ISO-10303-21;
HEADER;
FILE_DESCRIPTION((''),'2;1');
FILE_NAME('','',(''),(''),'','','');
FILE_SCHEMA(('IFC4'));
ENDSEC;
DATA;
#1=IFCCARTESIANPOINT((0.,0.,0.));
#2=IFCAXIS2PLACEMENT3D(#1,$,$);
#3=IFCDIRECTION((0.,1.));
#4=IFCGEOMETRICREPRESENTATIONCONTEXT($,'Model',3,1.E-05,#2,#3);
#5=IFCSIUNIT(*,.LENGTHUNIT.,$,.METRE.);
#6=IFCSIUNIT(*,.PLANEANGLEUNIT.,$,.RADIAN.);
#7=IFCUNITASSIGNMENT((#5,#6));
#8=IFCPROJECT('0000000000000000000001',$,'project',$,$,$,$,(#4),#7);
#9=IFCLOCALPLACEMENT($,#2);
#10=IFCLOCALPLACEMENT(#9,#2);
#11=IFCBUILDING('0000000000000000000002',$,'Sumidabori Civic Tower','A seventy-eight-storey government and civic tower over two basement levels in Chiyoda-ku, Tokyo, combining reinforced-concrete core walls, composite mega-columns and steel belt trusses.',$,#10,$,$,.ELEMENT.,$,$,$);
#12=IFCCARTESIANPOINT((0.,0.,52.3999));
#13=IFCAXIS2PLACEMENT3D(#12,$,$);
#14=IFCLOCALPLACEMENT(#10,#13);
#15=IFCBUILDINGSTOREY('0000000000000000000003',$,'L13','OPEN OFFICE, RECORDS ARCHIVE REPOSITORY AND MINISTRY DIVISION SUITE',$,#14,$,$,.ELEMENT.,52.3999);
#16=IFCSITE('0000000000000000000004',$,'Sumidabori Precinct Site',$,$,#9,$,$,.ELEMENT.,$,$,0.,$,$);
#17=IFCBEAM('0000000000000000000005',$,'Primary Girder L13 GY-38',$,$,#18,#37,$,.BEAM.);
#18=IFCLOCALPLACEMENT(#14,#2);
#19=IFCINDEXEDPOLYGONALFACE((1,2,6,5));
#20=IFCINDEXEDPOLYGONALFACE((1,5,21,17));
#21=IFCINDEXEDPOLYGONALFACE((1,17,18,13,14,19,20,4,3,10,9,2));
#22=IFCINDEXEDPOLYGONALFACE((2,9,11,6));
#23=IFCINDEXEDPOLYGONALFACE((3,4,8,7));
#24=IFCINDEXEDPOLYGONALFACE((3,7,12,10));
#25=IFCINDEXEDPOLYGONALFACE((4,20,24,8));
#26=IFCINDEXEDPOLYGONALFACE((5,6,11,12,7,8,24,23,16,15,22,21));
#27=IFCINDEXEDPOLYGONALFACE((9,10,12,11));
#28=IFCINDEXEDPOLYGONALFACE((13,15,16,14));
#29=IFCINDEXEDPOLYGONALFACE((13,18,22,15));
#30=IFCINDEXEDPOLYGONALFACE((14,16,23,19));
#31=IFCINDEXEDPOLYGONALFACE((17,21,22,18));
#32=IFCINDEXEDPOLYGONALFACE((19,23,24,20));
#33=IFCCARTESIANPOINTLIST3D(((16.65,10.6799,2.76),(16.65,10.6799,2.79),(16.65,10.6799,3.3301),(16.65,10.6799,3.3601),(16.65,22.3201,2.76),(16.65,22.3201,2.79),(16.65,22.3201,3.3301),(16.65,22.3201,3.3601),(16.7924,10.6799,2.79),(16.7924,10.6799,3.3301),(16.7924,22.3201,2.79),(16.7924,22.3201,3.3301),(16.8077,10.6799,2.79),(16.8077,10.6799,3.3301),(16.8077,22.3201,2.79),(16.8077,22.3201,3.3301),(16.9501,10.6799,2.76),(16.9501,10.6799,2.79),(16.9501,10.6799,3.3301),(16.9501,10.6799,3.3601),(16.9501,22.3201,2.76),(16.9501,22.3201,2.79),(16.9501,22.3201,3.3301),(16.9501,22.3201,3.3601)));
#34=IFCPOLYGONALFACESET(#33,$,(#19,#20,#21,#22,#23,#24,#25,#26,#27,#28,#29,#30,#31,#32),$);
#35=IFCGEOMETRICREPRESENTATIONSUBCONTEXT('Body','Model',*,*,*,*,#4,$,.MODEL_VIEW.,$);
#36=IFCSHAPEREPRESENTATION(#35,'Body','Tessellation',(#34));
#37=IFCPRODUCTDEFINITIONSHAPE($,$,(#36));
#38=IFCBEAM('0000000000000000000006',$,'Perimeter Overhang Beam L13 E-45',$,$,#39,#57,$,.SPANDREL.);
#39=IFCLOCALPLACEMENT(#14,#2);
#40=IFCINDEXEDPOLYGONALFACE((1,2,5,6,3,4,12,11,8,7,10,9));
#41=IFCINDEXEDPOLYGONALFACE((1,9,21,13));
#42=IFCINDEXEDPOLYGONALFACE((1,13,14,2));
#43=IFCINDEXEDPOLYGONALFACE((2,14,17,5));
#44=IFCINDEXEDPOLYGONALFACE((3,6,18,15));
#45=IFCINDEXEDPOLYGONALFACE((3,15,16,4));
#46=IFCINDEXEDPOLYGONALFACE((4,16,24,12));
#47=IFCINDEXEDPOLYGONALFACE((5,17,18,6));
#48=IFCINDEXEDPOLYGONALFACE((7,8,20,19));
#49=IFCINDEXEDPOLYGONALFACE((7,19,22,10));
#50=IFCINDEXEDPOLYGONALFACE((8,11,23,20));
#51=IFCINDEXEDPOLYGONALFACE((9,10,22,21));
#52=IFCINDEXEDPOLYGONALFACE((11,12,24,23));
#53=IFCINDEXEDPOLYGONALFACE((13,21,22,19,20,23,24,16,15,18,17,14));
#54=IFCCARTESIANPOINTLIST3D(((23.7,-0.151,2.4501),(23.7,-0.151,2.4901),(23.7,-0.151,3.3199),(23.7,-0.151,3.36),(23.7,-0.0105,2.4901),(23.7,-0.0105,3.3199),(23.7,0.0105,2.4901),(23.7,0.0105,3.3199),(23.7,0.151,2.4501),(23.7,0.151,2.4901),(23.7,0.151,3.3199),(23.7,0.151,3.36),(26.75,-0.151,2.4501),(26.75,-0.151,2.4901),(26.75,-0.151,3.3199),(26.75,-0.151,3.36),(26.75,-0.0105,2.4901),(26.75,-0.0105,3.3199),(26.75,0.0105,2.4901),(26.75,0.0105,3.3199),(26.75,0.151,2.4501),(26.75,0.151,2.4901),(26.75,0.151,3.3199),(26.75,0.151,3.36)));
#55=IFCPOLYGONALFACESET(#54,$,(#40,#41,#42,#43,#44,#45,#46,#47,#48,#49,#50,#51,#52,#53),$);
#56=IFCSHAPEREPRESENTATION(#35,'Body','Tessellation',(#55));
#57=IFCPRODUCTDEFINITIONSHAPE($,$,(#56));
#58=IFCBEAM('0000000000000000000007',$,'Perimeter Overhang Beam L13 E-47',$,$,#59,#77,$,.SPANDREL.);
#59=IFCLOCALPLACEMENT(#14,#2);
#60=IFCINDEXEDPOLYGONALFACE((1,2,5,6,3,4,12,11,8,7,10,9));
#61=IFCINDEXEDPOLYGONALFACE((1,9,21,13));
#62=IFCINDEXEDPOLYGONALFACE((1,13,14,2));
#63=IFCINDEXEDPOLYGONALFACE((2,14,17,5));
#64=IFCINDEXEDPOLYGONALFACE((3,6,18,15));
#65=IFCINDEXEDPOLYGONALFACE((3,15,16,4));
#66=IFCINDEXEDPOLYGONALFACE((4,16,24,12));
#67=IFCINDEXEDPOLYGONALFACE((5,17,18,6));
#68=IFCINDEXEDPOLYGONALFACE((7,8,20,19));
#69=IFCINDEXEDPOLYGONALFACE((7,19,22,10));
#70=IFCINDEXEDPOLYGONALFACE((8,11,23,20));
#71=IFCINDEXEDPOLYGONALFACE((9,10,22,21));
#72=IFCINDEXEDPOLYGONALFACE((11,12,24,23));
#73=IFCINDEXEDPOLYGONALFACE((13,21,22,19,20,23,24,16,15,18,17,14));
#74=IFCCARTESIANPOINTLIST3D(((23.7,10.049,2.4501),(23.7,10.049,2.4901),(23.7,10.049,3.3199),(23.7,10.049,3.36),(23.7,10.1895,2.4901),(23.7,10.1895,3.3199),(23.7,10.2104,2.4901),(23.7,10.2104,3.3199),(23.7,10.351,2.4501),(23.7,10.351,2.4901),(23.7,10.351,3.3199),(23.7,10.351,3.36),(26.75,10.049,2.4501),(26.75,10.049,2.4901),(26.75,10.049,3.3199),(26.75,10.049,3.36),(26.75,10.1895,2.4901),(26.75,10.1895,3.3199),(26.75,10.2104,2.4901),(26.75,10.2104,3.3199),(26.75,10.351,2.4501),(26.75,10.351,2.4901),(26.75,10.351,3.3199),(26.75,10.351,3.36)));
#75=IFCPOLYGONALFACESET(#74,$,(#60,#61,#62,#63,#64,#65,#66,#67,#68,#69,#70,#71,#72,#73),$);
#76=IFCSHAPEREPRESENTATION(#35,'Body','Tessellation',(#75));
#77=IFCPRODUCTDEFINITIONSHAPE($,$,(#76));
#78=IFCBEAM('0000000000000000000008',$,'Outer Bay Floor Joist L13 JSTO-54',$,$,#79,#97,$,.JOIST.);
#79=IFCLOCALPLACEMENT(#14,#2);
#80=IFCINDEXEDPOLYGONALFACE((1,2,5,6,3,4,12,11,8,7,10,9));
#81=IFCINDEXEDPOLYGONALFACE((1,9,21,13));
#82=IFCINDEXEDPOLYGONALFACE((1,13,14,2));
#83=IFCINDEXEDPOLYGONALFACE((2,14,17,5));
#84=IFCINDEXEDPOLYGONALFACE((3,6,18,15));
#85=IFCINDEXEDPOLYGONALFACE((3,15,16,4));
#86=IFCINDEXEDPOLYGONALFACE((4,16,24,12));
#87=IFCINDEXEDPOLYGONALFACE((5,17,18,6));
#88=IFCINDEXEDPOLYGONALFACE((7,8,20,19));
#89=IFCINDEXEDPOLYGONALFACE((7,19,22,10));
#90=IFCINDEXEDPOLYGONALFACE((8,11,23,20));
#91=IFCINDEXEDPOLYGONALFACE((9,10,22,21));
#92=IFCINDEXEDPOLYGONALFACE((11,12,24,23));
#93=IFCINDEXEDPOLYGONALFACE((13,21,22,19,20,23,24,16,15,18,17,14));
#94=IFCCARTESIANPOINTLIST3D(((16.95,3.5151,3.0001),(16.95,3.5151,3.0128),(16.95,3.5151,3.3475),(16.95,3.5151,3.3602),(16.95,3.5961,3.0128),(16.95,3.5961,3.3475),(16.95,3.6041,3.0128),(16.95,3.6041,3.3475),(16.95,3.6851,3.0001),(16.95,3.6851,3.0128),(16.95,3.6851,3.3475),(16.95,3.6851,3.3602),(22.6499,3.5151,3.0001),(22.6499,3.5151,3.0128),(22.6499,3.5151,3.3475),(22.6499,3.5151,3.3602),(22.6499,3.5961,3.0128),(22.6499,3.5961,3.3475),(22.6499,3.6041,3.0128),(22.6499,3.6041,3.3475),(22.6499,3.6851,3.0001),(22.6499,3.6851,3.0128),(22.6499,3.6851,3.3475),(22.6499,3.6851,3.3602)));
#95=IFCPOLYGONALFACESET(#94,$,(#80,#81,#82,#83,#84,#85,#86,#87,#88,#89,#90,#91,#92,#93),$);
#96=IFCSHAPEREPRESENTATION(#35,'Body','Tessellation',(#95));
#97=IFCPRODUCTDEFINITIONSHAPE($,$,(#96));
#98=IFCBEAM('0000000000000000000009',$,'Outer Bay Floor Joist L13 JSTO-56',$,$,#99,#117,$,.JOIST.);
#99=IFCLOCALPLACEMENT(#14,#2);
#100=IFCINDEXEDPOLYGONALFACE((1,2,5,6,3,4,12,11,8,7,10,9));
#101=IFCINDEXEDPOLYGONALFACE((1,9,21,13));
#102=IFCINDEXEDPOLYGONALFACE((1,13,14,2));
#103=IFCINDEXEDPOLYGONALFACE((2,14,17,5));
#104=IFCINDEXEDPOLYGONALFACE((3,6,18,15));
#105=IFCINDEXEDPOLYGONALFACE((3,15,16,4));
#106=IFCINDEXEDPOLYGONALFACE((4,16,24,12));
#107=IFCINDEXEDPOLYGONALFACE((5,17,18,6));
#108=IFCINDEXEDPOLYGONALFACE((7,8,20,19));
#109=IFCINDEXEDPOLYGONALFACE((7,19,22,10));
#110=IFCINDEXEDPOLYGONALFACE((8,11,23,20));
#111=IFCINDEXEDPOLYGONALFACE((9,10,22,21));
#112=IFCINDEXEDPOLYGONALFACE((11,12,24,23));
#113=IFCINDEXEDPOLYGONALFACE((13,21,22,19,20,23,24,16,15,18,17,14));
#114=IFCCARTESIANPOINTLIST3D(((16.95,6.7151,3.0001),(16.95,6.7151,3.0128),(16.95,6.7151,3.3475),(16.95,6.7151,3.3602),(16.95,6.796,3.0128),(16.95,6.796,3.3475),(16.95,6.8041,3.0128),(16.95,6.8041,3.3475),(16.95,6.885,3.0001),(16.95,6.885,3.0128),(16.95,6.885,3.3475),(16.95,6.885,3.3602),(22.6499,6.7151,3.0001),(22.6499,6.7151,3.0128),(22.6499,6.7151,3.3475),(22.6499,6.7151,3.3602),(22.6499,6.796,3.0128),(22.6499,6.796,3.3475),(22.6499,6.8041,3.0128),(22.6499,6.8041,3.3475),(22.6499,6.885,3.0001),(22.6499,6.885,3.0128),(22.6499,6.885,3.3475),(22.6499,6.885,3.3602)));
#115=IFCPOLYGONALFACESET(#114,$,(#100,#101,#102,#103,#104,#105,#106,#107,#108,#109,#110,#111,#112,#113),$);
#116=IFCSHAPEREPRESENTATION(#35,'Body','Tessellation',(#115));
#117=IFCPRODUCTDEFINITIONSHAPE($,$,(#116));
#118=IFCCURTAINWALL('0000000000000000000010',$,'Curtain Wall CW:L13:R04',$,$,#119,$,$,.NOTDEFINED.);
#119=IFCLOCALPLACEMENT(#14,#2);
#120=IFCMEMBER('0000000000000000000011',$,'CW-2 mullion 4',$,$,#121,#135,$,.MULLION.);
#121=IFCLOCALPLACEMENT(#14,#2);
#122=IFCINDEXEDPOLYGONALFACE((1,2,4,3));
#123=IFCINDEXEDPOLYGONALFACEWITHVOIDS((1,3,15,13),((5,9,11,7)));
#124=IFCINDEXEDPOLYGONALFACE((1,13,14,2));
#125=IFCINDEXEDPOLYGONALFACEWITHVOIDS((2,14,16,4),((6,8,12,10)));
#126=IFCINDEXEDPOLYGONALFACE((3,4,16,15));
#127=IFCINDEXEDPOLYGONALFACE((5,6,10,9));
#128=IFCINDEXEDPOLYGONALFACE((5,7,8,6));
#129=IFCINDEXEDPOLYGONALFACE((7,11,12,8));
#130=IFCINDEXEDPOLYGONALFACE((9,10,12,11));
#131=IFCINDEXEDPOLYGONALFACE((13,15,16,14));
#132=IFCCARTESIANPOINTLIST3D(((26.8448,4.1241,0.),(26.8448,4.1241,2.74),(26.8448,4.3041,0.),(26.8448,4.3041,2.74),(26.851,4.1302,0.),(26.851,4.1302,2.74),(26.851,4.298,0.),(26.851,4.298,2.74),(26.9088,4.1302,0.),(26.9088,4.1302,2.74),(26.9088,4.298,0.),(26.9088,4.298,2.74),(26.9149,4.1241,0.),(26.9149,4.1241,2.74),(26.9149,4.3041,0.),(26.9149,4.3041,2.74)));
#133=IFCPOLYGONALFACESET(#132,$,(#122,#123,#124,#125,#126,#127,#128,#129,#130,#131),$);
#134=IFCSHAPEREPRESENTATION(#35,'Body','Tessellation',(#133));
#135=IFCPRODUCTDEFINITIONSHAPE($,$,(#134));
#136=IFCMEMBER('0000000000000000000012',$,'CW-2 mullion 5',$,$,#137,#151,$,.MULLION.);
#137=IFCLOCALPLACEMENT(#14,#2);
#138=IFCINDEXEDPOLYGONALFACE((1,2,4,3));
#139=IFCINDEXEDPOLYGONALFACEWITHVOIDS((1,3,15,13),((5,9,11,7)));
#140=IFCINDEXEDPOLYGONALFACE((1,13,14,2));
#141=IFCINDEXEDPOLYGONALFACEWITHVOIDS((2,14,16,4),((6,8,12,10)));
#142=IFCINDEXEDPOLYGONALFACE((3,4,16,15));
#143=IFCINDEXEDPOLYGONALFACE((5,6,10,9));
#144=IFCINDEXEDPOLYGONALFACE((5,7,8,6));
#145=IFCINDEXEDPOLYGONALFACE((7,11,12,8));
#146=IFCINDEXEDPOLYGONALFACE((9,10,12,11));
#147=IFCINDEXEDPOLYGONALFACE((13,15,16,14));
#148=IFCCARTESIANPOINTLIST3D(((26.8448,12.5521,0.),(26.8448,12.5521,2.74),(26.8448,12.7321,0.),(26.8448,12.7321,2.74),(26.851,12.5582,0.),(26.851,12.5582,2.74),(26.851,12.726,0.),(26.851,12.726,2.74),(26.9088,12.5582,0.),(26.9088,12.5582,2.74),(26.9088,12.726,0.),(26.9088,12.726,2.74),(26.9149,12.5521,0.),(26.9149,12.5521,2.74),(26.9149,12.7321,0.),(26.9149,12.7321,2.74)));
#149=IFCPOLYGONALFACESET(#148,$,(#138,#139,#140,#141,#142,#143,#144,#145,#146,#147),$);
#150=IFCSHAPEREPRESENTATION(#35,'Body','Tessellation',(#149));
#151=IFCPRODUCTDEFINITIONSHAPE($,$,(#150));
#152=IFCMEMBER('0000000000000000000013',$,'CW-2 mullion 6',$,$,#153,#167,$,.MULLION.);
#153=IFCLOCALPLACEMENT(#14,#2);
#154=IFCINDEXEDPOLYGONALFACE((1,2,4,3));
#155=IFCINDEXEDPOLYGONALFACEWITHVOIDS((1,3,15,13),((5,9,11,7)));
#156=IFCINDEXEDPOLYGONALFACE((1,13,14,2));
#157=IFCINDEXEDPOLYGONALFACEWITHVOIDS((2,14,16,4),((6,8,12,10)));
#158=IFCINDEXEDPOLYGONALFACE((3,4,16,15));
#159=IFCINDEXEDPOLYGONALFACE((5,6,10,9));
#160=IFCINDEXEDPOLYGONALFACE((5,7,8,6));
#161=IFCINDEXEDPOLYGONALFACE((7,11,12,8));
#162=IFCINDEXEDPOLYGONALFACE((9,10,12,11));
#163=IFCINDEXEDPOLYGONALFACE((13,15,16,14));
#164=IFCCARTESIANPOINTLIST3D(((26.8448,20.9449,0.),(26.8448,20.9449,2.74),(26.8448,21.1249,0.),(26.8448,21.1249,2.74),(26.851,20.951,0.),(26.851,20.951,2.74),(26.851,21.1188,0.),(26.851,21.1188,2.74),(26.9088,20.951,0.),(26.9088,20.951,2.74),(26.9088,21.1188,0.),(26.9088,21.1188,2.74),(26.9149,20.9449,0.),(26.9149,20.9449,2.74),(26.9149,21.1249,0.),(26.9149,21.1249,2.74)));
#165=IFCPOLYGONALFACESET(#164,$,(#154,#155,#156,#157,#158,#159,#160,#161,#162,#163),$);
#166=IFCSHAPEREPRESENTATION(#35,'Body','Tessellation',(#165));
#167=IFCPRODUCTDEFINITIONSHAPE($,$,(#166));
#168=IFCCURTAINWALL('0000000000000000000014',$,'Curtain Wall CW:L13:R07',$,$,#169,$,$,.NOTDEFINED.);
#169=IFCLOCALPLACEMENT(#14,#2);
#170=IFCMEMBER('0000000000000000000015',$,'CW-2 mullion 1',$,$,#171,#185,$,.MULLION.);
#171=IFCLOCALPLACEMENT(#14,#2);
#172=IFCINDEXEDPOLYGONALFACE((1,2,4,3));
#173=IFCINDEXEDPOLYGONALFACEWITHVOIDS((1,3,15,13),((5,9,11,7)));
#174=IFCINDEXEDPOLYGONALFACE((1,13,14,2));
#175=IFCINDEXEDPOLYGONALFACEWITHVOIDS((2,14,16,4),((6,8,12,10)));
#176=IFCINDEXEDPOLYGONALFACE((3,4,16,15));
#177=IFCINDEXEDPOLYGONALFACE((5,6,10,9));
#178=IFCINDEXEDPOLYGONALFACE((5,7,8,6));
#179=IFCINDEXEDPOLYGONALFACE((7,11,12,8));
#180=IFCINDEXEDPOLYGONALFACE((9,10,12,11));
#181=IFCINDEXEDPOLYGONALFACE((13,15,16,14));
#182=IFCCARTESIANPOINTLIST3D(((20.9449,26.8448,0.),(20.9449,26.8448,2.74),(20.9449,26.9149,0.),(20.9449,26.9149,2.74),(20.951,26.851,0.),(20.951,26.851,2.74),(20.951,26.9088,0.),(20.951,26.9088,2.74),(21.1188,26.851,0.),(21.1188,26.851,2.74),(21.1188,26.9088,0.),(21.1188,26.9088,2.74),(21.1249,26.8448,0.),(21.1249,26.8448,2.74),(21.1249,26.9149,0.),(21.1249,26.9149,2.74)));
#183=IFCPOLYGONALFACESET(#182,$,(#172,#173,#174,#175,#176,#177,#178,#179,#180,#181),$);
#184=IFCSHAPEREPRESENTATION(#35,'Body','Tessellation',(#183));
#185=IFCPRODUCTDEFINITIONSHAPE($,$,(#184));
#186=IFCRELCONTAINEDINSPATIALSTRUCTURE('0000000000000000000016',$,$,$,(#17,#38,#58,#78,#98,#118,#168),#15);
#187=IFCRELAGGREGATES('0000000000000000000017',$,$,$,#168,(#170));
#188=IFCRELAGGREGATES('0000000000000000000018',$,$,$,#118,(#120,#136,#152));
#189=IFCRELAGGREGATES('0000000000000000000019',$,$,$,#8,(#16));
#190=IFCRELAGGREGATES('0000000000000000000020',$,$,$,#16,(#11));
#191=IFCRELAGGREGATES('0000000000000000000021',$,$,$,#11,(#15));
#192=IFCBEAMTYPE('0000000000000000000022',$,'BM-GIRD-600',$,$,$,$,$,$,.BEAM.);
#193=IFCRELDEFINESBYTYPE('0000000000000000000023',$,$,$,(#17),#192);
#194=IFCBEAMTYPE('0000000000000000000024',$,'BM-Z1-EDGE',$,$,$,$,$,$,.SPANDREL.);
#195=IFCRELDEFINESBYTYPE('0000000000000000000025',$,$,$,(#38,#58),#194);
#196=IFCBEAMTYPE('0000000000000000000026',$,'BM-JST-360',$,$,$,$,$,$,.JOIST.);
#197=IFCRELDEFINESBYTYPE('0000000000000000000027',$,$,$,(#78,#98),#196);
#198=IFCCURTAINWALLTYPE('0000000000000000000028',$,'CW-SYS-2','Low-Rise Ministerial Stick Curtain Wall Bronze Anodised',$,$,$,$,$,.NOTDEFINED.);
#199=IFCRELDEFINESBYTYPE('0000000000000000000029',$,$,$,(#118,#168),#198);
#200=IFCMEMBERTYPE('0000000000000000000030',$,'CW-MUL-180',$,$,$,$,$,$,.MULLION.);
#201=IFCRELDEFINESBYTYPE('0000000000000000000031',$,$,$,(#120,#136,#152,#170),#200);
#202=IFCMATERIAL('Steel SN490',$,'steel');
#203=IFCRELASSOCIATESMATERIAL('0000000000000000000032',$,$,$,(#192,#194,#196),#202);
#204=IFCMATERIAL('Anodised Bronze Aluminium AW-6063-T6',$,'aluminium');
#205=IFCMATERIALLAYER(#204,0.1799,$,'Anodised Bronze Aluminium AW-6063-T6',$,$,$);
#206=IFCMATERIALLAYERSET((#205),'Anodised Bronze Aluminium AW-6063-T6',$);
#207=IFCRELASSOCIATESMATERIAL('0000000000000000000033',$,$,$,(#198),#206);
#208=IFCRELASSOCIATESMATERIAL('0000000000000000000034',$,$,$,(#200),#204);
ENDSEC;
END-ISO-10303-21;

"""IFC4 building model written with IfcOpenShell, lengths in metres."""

from ifc_helpers import new_model, si_unit, direction, frame, origin, origin_2d, place, context, subcontext, project, spatial, hollow_rectangle, i_section, extrude, source, transform, mapped, material, layer, layer_set, material_profile, profile_set, type_object, element, aggregate, save


model = new_model("IFC4")

# Units and contexts
model_context = context("Model", 3, precision=1e-05, world=origin(), true_north=direction((0.0, 1.0)))
body_context = subcontext(model_context, "Body", "Model", "MODEL_VIEW")
ifc_project = project(units=[si_unit("LENGTHUNIT", "METRE"), si_unit("PLANEANGLEUNIT", "RADIAN")], contexts=[model_context])

# Site, building, storey
site_placement = place(None, origin())
site = spatial("IfcSite", under=ifc_project, at=site_placement, Name="Sumidabori Precinct Site", CompositionType="ELEMENT", RefElevation=0.0)
building_placement = place(site_placement, origin())
building = spatial("IfcBuilding", under=site, at=building_placement, Name="Sumidabori Civic Tower", Description="A seventy-eight-storey government and civic tower over two basement levels in Chiyoda-ku, Tokyo, combining reinforced-concrete core walls, composite mega-columns and steel belt trusses.", CompositionType="ELEMENT")
storey_placement = place(building_placement, frame((0.0, 0.0, 52.3999)))
storey = spatial("IfcBuildingStorey", under=building, at=storey_placement, Name="L13", Description="OPEN OFFICE, RECORDS ARCHIVE REPOSITORY AND MINISTRY DIVISION SUITE", CompositionType="ELEMENT", Elevation=52.3999)

# Beams
ifc_material_1 = material(Name="Steel SN490", Category="steel")
ifc_material_profile_1 = material_profile(ifc_material_1, i_section(OverallWidth=0.3, OverallDepth=0.6001, WebThickness=0.0154, FlangeThickness=0.03, at=origin_2d()), Name="HE 600 B")
ifc_profile_set_1 = profile_set([ifc_material_profile_1], Name="Steel SN490")
beam_type_1 = type_object("IfcBeamType", Name="BM-GIRD-600", PredefinedType="BEAM", material=ifc_profile_set_1)
shared_shape_1 = source(origin(), body_context, "Body", "SweptSolid", [
    extrude(i_section(OverallWidth=0.3, OverallDepth=0.6001, WebThickness=0.0154, FlangeThickness=0.03, at=origin_2d()), origin(), (0.0, 0.0, 1.0), 11.6401),
])
beam_1_placement = place(storey_placement, frame((16.8, 10.6799, 3.0601), z_axis=(0.0, 1.0, 0.0), x_axis=(-1.0, 0.0, 0.0)))
element("IfcBeam", 1, at=beam_1_placement, inside=storey, type_object=beam_type_1, Name="Primary Girder L13 GY-38", PredefinedType="BEAM", context=body_context, shape_type="MappedRepresentation", body=[
    mapped(shared_shape_1, transform((0.0, 0.0, 0.0), x_axis=(1.0, 0.0, 0.0), y_axis=(0.0, 1.0, 0.0), z_axis=(0.0, 0.0, 1.0), scale=1.0)),
])
ifc_material_profile_2 = material_profile(ifc_material_1, i_section(OverallWidth=0.302, OverallDepth=0.9099, WebThickness=0.021, FlangeThickness=0.04, at=origin_2d()), Name="HE 900 M")
ifc_profile_set_2 = profile_set([ifc_material_profile_2], Name="Steel SN490")
beam_type_2 = type_object("IfcBeamType", Name="BM-Z1-EDGE", PredefinedType="SPANDREL", material=ifc_profile_set_2)
shared_shape_2 = source(origin(), body_context, "Body", "SweptSolid", [
    extrude(i_section(OverallWidth=0.302, OverallDepth=0.9099, WebThickness=0.021, FlangeThickness=0.04, at=origin_2d()), origin(), (0.0, 0.0, 1.0), 3.05),
])
for number, where, z_axis, x_axis, name in (
    (2, (23.7, 0.0, 2.905), (1.0, 0.0, 0.0), (0.0, 1.0, 0.0), "Perimeter Overhang Beam L13 E-45"),
    (3, (23.7, 10.2, 2.905), (1.0, 0.0, 0.0), (0.0, 1.0, 0.0), "Perimeter Overhang Beam L13 E-47"),
):
    element("IfcBeam", number, at=place(storey_placement, frame(where, z_axis=z_axis, x_axis=x_axis)), inside=storey, type_object=beam_type_2, Name=name, PredefinedType="SPANDREL", context=body_context, shape_type="MappedRepresentation", body=[
        mapped(shared_shape_2, transform((0.0, 0.0, 0.0), x_axis=(1.0, 0.0, 0.0), y_axis=(0.0, 1.0, 0.0), z_axis=(0.0, 0.0, 1.0), scale=1.0)),
    ])
ifc_material_profile_3 = material_profile(ifc_material_1, i_section(OverallWidth=0.1699, OverallDepth=0.3601, WebThickness=0.0081, FlangeThickness=0.0127, at=origin_2d()), Name="IPE 360")
ifc_profile_set_3 = profile_set([ifc_material_profile_3], Name="Steel SN490")
beam_type_3 = type_object("IfcBeamType", Name="BM-JST-360", PredefinedType="JOIST", material=ifc_profile_set_3)
shared_shape_3 = source(origin(), body_context, "Body", "SweptSolid", [
    extrude(i_section(OverallWidth=0.1699, OverallDepth=0.3601, WebThickness=0.0081, FlangeThickness=0.0127, at=origin_2d()), origin(), (0.0, 0.0, 1.0), 5.7),
])
for number, where, z_axis, x_axis, name in (
    (4, (16.95, 3.6001, 3.1802), (1.0, 0.0, 0.0), (0.0, 1.0, 0.0), "Outer Bay Floor Joist L13 JSTO-54"),
    (5, (16.95, 6.8, 3.1802), (1.0, 0.0, 0.0), (0.0, 1.0, 0.0), "Outer Bay Floor Joist L13 JSTO-56"),
):
    element("IfcBeam", number, at=place(storey_placement, frame(where, z_axis=z_axis, x_axis=x_axis)), inside=storey, type_object=beam_type_3, Name=name, PredefinedType="JOIST", context=body_context, shape_type="MappedRepresentation", body=[
        mapped(shared_shape_3, transform((0.0, 0.0, 0.0), x_axis=(1.0, 0.0, 0.0), y_axis=(0.0, 1.0, 0.0), z_axis=(0.0, 0.0, 1.0), scale=1.0)),
    ])

# Curtain wall, members
ifc_material_2 = material(Name="Anodised Bronze Aluminium AW-6063-T6", Category="aluminium")
ifc_layer_1 = layer(ifc_material_2, 0.1799, Name="Anodised Bronze Aluminium AW-6063-T6")
ifc_layer_set_1 = layer_set([ifc_layer_1], Name="Anodised Bronze Aluminium AW-6063-T6")
curtain_wall_type = type_object("IfcCurtainWallType", Name="CW-SYS-2", Description="Low-Rise Ministerial Stick Curtain Wall Bronze Anodised", PredefinedType="NOTDEFINED", material=ifc_layer_set_1)
curtain_wall_1_placement = place(storey_placement, origin())
curtain_wall_1 = element("IfcCurtainWall", 6, at=curtain_wall_1_placement, inside=storey, type_object=curtain_wall_type, Name="Curtain Wall CW:L13:R04", PredefinedType="NOTDEFINED")
ifc_material_profile_4 = material_profile(ifc_material_2, hollow_rectangle(XDim=0.0701, YDim=0.1799, WallThickness=0.0061, at=origin_2d()), Name="ALU MULLION 180x70")
ifc_profile_set_4 = profile_set([ifc_material_profile_4], Name="Anodised Bronze Aluminium AW-6063-T6")
member_type_1 = type_object("IfcMemberType", Name="CW-MUL-180", PredefinedType="MULLION", material=ifc_profile_set_4)
shared_shape_4 = source(origin(), body_context, "Body", "SweptSolid", [
    extrude(hollow_rectangle(XDim=0.0701, YDim=0.1799, WallThickness=0.0061, at=origin_2d()), origin(), (0.0, 0.0, 1.0), 2.74),
])
member_1_placement = place(storey_placement, frame((26.8799, 4.2141, 0.0), z_axis=(0.0, 0.0, 1.0), x_axis=(-1.0, 0.0, 0.0)))
member_1 = element("IfcMember", 7, at=member_1_placement, type_object=member_type_1, Name="CW-2 mullion 4", PredefinedType="MULLION", context=body_context, shape_type="MappedRepresentation", body=[
    mapped(shared_shape_4, transform((0.0, 0.0, 0.0), x_axis=(1.0, 0.0, 0.0), y_axis=(0.0, 1.0, 0.0), z_axis=(0.0, 0.0, 1.0), scale=1.0)),
])
member_2_placement = place(storey_placement, frame((26.8799, 12.6421, 0.0), z_axis=(0.0, 0.0, 1.0), x_axis=(-1.0, 0.0, 0.0)))
member_2 = element("IfcMember", 8, at=member_2_placement, type_object=member_type_1, Name="CW-2 mullion 5", PredefinedType="MULLION", context=body_context, shape_type="MappedRepresentation", body=[
    mapped(shared_shape_4, transform((0.0, 0.0, 0.0), x_axis=(1.0, 0.0, 0.0), y_axis=(0.0, 1.0, 0.0), z_axis=(0.0, 0.0, 1.0), scale=1.0)),
])
member_3_placement = place(storey_placement, frame((26.8799, 21.0349, 0.0), z_axis=(0.0, 0.0, 1.0), x_axis=(-1.0, 0.0, 0.0)))
member_3 = element("IfcMember", 9, at=member_3_placement, type_object=member_type_1, Name="CW-2 mullion 6", PredefinedType="MULLION", context=body_context, shape_type="MappedRepresentation", body=[
    mapped(shared_shape_4, transform((0.0, 0.0, 0.0), x_axis=(1.0, 0.0, 0.0), y_axis=(0.0, 1.0, 0.0), z_axis=(0.0, 0.0, 1.0), scale=1.0)),
])

# Curtain wall, member
curtain_wall_2_placement = place(storey_placement, origin())
curtain_wall_2 = element("IfcCurtainWall", 10, at=curtain_wall_2_placement, inside=storey, type_object=curtain_wall_type, Name="Curtain Wall CW:L13:R07", PredefinedType="NOTDEFINED")
member_4_placement = place(storey_placement, frame((21.0349, 26.8799, 0.0), z_axis=(0.0, 0.0, 1.0), x_axis=(0.0, -1.0, 0.0)))
member_4 = element("IfcMember", 11, at=member_4_placement, type_object=member_type_1, Name="CW-2 mullion 1", PredefinedType="MULLION", context=body_context, shape_type="MappedRepresentation", body=[
    mapped(shared_shape_4, transform((0.0, 0.0, 0.0), x_axis=(1.0, 0.0, 0.0), y_axis=(0.0, 1.0, 0.0), z_axis=(0.0, 0.0, 1.0), scale=1.0)),
])

aggregate(curtain_wall_2, [member_4])
aggregate(curtain_wall_1, [member_1, member_2, member_3])

save(model, "model.ifc")
